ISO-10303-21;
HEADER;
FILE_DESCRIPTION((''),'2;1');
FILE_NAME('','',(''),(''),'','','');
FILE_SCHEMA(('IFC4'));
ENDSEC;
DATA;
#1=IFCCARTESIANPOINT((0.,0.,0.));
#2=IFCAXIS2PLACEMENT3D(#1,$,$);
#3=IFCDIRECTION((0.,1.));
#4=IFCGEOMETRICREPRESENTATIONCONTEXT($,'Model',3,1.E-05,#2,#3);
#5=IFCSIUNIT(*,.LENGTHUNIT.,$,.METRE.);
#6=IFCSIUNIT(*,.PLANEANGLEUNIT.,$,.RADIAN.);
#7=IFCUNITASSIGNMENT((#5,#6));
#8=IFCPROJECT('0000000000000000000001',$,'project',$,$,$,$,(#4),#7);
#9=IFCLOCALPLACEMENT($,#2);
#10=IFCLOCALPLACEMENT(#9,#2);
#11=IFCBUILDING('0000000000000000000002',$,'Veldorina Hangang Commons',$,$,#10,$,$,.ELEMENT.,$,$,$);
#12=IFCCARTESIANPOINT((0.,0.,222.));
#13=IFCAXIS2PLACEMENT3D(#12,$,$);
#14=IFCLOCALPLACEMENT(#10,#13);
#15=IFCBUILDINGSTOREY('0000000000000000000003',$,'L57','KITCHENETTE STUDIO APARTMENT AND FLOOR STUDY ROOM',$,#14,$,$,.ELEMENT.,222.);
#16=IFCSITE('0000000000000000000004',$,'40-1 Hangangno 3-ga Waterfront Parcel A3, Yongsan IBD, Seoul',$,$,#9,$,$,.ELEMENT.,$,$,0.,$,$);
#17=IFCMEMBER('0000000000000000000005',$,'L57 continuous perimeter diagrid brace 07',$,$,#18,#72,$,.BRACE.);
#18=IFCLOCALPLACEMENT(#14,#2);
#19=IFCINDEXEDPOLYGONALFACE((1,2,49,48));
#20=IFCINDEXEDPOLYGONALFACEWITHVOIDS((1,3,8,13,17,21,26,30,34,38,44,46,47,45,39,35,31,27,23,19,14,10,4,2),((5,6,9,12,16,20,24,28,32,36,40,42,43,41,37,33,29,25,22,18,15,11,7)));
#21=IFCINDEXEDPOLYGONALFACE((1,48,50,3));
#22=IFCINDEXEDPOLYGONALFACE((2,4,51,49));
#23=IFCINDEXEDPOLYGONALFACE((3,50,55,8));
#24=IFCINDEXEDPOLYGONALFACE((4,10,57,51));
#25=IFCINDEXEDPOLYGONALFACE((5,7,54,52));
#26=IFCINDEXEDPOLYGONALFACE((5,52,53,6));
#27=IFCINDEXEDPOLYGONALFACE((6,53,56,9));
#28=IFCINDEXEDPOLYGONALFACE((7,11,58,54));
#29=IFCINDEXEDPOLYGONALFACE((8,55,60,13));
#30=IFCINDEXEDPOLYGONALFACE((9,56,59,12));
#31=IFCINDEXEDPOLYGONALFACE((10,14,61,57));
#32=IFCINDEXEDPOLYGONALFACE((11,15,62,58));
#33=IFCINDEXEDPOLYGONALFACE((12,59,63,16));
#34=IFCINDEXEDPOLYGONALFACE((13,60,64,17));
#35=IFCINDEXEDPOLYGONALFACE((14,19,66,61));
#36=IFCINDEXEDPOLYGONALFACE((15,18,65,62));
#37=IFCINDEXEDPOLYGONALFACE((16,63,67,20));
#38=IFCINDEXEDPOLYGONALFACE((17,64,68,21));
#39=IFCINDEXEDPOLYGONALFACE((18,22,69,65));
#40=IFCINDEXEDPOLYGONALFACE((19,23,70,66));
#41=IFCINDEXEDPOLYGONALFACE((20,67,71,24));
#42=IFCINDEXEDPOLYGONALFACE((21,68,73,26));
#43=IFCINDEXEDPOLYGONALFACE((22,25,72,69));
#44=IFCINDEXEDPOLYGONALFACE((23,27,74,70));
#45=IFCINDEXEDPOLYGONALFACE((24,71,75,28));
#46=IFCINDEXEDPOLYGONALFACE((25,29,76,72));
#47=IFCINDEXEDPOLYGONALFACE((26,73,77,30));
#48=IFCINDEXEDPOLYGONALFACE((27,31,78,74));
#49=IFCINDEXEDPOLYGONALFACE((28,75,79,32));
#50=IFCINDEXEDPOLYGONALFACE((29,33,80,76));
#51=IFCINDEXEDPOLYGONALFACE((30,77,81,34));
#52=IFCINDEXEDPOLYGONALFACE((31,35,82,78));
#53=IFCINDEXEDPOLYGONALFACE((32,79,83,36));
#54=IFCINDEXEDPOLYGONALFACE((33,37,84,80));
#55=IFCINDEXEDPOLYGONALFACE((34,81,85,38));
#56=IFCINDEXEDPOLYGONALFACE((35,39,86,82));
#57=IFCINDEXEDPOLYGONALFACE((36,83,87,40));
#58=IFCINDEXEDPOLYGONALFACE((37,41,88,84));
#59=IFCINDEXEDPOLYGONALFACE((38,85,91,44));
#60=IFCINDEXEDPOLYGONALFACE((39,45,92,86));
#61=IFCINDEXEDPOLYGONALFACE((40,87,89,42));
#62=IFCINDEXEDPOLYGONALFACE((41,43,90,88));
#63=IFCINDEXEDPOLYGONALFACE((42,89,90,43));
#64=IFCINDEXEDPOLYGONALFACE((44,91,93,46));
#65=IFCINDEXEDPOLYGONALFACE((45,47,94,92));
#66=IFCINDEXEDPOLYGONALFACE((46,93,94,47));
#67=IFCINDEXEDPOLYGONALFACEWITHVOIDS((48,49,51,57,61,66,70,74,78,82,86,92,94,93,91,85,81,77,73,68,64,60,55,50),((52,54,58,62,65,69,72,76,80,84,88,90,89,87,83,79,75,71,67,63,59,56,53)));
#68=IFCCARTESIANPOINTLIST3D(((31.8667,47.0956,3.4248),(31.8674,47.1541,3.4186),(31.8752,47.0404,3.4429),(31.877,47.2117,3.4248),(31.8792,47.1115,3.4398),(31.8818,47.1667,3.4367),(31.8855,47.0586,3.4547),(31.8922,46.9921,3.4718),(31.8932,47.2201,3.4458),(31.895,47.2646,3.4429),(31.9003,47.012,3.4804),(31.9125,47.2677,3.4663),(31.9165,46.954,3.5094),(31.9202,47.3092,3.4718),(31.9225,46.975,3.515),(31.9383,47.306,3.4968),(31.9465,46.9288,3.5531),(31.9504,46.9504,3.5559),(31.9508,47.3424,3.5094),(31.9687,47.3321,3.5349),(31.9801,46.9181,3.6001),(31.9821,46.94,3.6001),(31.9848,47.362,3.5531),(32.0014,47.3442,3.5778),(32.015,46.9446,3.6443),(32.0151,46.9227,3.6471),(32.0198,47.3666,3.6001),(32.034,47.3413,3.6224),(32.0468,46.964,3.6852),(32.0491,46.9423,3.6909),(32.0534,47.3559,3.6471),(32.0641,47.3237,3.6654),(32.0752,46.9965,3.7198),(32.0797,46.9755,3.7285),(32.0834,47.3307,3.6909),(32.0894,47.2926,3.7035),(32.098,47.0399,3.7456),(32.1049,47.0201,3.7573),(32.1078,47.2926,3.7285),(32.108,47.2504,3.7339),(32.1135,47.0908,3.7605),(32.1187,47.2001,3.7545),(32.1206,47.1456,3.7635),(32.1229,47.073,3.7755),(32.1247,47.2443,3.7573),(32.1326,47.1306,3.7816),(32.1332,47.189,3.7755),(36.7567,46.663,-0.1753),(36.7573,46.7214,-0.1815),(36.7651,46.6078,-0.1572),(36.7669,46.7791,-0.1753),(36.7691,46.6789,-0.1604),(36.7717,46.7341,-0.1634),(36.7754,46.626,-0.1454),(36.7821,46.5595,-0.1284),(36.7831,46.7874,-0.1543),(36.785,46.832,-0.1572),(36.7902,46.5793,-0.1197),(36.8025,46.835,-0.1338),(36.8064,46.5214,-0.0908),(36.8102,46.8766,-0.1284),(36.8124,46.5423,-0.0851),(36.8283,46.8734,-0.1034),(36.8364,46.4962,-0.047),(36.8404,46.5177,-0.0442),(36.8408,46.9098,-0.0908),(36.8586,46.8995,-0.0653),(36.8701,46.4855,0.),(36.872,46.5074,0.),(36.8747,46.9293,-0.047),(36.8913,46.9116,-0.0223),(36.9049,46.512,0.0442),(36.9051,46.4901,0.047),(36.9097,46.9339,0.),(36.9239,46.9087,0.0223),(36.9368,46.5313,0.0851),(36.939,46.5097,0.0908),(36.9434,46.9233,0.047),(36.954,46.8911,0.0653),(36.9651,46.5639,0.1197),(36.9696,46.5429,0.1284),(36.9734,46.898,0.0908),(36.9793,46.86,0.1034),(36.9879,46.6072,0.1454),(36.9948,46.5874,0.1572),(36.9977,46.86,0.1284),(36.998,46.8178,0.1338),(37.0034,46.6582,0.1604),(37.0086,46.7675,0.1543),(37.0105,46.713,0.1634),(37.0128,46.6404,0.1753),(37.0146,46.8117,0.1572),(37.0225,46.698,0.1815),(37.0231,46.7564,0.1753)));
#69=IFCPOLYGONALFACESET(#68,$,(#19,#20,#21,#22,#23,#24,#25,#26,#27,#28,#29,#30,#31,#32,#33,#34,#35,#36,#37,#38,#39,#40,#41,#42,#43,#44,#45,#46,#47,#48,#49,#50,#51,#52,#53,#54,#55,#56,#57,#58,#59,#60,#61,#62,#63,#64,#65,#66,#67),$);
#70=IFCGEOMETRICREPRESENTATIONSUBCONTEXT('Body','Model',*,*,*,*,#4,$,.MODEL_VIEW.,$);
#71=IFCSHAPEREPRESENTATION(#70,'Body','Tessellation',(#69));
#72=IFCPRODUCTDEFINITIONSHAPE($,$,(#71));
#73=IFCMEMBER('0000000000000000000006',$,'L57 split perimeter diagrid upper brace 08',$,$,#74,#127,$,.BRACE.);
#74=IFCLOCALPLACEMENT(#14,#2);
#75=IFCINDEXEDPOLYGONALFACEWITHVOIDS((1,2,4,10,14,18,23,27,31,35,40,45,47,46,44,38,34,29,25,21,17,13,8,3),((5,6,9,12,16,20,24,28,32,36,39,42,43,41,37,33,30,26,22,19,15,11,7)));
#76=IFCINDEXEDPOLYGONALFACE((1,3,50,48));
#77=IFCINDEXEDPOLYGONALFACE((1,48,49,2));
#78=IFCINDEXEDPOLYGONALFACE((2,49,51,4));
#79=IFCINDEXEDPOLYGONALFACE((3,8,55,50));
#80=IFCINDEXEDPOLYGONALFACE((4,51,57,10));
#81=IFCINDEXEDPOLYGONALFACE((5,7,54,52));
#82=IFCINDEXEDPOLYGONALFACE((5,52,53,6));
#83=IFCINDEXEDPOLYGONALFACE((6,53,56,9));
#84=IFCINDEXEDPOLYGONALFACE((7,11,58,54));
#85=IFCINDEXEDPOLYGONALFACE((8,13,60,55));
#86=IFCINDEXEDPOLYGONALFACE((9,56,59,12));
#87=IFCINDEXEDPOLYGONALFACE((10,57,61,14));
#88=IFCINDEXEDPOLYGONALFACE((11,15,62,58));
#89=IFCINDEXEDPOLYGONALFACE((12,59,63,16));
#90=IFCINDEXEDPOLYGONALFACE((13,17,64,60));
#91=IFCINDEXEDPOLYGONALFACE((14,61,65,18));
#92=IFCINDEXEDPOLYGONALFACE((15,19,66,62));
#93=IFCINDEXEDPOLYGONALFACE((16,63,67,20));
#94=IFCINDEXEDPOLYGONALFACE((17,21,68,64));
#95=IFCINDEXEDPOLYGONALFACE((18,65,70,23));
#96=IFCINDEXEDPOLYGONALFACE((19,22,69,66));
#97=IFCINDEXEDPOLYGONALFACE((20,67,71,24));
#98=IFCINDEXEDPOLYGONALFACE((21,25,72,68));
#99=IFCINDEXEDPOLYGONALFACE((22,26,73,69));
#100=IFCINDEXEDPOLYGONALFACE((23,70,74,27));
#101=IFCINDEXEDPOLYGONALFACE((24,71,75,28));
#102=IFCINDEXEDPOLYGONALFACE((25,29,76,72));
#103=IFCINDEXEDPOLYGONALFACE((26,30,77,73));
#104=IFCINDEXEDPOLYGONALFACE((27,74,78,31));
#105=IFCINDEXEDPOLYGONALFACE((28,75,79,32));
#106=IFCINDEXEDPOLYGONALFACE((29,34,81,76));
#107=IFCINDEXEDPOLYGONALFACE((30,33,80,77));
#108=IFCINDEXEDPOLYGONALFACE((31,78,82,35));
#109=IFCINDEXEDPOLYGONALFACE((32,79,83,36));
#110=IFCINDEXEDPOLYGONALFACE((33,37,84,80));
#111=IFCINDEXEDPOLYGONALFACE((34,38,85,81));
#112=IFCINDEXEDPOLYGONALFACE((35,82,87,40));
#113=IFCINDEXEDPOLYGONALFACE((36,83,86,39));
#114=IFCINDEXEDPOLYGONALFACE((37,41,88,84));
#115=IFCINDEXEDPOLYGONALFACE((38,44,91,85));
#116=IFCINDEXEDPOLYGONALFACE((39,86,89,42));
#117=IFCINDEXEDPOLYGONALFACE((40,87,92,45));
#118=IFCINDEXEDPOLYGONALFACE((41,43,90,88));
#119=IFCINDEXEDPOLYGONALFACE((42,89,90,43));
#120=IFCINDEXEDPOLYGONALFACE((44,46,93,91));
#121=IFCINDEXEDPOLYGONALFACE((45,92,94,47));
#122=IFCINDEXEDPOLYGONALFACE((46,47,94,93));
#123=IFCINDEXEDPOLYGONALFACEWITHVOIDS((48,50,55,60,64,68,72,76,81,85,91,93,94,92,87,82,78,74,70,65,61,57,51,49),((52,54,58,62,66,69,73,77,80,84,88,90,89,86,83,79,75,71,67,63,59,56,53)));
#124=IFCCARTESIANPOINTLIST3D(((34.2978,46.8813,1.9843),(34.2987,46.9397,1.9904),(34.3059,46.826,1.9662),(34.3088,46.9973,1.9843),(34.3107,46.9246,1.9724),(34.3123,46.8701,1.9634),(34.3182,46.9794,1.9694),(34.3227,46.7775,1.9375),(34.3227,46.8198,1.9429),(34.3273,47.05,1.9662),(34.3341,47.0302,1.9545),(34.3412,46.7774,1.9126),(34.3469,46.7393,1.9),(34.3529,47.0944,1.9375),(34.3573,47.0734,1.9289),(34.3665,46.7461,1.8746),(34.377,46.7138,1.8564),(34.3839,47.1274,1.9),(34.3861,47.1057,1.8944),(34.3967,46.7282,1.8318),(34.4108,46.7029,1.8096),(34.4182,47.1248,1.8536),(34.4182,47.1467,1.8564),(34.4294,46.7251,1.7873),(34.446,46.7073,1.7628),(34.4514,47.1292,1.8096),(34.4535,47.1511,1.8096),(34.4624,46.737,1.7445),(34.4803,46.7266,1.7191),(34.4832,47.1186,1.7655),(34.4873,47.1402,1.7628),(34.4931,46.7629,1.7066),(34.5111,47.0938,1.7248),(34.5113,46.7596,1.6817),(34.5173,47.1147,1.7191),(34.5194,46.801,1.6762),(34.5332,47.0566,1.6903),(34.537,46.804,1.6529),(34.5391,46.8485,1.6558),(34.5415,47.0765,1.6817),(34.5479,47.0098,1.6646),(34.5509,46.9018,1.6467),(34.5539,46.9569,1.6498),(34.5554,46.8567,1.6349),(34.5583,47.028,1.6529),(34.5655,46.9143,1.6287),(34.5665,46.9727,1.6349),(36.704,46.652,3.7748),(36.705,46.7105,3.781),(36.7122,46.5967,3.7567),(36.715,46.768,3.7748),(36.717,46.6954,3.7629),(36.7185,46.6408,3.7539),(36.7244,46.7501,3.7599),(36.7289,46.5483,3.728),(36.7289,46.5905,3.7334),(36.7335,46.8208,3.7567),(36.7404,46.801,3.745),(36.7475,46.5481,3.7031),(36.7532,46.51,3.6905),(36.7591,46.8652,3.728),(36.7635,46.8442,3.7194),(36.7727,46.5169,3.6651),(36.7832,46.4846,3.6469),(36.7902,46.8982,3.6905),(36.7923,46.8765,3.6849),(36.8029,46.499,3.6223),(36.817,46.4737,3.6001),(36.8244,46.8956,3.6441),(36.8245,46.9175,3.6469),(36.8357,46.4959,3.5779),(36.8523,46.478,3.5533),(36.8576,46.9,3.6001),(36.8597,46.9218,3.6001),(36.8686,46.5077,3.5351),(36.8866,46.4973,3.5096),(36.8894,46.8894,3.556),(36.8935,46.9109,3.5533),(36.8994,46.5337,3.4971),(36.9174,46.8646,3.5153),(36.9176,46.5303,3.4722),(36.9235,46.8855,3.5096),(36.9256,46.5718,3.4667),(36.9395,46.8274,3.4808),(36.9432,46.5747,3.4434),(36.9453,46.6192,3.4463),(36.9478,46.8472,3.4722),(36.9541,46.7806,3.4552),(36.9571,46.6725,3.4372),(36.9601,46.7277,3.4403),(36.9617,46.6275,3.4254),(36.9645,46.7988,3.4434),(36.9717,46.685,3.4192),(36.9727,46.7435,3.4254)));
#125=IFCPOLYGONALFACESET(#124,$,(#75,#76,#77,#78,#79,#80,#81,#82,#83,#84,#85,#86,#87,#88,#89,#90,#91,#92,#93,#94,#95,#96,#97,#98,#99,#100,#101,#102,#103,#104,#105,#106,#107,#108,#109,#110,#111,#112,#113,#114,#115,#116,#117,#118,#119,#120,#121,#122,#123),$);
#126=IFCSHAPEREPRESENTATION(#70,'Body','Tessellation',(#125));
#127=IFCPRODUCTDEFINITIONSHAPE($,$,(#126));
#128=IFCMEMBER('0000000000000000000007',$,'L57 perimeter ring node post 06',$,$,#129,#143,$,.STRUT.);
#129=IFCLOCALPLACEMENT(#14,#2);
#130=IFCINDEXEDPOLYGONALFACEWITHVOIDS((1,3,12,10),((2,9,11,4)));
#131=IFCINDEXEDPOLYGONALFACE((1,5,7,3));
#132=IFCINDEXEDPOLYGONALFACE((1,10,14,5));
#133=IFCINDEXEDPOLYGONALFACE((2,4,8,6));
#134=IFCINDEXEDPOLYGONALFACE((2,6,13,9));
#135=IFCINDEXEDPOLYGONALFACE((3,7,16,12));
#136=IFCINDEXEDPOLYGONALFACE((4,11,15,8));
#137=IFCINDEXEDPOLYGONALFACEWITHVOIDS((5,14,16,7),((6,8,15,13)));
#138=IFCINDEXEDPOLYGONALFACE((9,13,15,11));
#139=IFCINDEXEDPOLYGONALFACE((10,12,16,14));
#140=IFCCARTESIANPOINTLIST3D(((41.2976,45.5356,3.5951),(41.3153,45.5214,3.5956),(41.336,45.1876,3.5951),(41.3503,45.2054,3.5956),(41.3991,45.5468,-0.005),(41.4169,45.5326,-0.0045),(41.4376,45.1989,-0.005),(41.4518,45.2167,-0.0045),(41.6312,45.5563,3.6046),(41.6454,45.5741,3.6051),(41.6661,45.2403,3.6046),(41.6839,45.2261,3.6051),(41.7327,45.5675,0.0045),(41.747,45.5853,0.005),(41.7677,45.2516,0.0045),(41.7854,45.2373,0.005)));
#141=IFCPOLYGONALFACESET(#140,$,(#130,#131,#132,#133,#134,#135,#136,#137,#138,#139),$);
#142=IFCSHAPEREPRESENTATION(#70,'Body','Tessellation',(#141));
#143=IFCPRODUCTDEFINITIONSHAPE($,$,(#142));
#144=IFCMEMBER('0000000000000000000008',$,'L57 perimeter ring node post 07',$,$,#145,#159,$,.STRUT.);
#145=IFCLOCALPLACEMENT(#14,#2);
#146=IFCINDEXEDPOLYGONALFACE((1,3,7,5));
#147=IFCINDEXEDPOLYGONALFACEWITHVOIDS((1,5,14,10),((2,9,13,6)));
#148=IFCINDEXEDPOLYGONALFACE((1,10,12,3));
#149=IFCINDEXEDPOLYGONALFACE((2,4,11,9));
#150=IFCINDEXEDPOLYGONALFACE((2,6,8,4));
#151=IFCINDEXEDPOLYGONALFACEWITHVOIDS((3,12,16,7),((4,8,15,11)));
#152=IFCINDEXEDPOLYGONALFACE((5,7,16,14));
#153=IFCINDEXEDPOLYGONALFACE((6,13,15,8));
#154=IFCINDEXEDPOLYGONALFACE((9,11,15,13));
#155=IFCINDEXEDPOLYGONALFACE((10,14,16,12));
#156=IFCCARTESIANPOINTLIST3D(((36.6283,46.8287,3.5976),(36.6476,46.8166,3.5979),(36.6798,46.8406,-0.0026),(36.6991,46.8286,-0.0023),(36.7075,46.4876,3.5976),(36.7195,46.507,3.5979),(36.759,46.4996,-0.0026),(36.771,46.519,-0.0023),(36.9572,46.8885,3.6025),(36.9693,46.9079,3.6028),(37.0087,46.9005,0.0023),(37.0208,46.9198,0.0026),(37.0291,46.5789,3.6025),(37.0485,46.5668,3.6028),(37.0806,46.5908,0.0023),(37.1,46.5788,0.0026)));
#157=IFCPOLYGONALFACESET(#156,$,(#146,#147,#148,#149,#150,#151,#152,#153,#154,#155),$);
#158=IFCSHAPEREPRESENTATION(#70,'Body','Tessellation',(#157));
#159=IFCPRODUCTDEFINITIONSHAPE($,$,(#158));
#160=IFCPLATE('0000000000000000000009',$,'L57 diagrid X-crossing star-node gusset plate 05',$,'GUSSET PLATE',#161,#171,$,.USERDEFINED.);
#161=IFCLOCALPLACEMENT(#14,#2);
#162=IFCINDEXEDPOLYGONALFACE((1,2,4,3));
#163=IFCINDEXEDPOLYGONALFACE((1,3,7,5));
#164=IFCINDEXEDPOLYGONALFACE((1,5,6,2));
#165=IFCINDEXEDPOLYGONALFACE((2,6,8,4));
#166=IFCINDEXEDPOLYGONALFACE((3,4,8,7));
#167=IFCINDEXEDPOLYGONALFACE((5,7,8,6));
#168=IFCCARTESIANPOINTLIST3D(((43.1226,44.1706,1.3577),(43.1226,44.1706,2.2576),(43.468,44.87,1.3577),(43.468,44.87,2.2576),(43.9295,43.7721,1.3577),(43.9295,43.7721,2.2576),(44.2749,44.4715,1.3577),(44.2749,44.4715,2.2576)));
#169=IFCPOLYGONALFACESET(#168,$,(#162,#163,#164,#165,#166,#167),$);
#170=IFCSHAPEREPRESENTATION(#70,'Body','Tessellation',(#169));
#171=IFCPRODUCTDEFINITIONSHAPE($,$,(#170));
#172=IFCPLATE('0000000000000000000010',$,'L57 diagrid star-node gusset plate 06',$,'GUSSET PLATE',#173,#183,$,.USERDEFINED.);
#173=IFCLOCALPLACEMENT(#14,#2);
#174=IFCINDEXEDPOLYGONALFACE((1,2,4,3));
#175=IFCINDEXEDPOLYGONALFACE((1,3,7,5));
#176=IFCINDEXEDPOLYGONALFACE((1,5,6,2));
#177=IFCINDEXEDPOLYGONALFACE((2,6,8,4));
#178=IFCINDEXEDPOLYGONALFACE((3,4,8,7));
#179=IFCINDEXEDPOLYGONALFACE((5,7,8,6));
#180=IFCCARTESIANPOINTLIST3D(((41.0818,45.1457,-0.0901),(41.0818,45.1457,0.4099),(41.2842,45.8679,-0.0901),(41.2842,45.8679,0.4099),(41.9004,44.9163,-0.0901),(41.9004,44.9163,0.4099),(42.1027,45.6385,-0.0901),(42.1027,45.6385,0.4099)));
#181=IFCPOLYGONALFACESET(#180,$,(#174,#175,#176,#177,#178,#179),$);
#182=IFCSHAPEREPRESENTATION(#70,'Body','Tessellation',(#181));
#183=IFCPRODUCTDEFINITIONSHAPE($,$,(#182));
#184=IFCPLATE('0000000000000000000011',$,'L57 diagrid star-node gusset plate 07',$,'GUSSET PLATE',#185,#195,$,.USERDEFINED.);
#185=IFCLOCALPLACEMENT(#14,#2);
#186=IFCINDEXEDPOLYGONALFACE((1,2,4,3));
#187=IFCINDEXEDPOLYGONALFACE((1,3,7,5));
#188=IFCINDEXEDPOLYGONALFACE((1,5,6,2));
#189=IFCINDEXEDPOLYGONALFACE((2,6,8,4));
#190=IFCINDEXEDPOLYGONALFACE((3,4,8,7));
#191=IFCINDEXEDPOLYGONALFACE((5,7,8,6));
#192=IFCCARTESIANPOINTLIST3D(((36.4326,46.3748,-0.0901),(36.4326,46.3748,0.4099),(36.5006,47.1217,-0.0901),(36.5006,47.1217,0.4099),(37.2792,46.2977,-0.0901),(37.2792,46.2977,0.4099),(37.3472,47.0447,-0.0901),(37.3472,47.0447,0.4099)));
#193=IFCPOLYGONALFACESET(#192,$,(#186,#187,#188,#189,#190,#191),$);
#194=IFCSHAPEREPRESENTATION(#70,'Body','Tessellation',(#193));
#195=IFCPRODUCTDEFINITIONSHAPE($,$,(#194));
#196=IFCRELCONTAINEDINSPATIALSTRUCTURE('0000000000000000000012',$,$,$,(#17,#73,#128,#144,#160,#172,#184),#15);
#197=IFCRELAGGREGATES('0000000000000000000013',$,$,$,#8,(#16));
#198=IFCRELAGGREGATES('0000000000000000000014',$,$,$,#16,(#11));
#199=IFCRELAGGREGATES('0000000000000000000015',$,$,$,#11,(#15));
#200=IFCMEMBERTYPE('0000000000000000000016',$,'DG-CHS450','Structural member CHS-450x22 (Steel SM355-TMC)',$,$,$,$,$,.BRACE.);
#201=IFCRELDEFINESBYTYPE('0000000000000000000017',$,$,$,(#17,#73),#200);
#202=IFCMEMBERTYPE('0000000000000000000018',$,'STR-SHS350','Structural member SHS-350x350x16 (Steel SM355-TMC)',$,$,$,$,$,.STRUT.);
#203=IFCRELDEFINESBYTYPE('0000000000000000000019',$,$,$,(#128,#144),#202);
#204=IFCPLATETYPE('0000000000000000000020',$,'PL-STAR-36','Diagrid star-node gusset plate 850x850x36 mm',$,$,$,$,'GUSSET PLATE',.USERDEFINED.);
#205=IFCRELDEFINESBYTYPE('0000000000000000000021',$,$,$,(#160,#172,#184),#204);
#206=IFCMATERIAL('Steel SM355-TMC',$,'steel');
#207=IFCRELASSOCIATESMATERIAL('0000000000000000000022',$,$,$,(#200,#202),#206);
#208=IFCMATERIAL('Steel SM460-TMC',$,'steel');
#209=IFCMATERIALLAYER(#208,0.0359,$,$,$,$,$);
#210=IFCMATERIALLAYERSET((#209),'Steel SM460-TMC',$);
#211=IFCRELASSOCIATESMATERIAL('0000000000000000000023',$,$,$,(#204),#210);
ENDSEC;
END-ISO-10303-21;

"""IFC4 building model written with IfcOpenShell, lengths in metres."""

from ifc_helpers import new_model, si_unit, direction, frame, origin, origin_2d, place, context, subcontext, project, spatial, rectangle, hollow_rectangle, hollow_circle, extrude, material, layer, layer_set, material_profile, profile_set, type_object, element, save


model = new_model("IFC4")

# Units and contexts
model_context = context("Model", 3, precision=1e-05, world=origin(), true_north=direction((0.0, 1.0)))
body_context = subcontext(model_context, "Body", "Model", "MODEL_VIEW")
ifc_project = project(units=[si_unit("LENGTHUNIT", "METRE"), si_unit("PLANEANGLEUNIT", "RADIAN")], contexts=[model_context])

# Site, building, storey
site_placement = place(None, origin())
site = spatial("IfcSite", under=ifc_project, at=site_placement, Name="40-1 Hangangno 3-ga Waterfront Parcel A3, Yongsan IBD, Seoul", CompositionType="ELEMENT", RefElevation=0.0)
building_placement = place(site_placement, origin())
building = spatial("IfcBuilding", under=site, at=building_placement, Name="Veldorina Hangang Commons", CompositionType="ELEMENT")
storey_placement = place(building_placement, frame((0.0, 0.0, 222.0)))
storey = spatial("IfcBuildingStorey", under=building, at=storey_placement, Name="L57", Description="KITCHENETTE STUDIO APARTMENT AND FLOOR STUDY ROOM", CompositionType="ELEMENT", Elevation=222.0)

# Shared definitions
ifc_material_1 = material(Name="Steel SM355-TMC", Category="steel")

# Members
ifc_material_profile_1 = material_profile(ifc_material_1, hollow_circle(Radius=0.2251, WallThickness=0.022, at=origin_2d()), Name="CHS-450x22")
ifc_profile_set_1 = profile_set([ifc_material_profile_1], Name="Steel SM355-TMC")
member_type_1 = type_object("IfcMemberType", Name="DG-CHS450", Description="Structural member CHS-450x22 (Steel SM355-TMC)", PredefinedType="BRACE", material=ifc_profile_set_1)
member_1_placement = place(storey_placement, frame((36.8899, 46.7097, 0.0), z_axis=(-0.803254, 0.071065, 0.591382), x_axis=(-0.088127, -0.996109, 0.0)))
element("IfcMember", 1, at=member_1_placement, inside=storey, type_object=member_type_1, Name="L57 continuous perimeter diagrid brace 07", PredefinedType="BRACE", context=body_context, shape_type="SweptSolid", body=[
    extrude(hollow_circle(Radius=0.2251, WallThickness=0.022, at=origin_2d()), origin(), (0.0, 0.0, 1.0), 6.0876),
])
member_2_placement = place(storey_placement, frame((34.4321, 46.927, 1.8096), z_axis=(0.799927, -0.076211, 0.595238), x_axis=(0.094842, 0.995492, 0.0)))
element("IfcMember", 2, at=member_2_placement, inside=storey, type_object=member_type_1, Name="L57 split perimeter diagrid upper brace 08", PredefinedType="BRACE", context=body_context, shape_type="SweptSolid", body=[
    extrude(hollow_circle(Radius=0.2251, WallThickness=0.022, at=origin_2d()), origin(), (0.0, 0.0, 1.0), 3.0081),
])
ifc_material_profile_2 = material_profile(ifc_material_1, hollow_rectangle(XDim=0.3501, YDim=0.3501, WallThickness=0.0161, at=origin_2d()), Name="SHS-350x350x16")
ifc_profile_set_2 = profile_set([ifc_material_profile_2], Name="Steel SM355-TMC")
member_type_2 = type_object("IfcMemberType", Name="STR-SHS350", Description="Structural member SHS-350x350x16 (Steel SM355-TMC)", PredefinedType="STRUT", material=ifc_profile_set_2)
member_3_placement = place(storey_placement, frame((41.5923, 45.3921, 0.0), z_axis=(-0.0282, -0.003118, 0.999597), x_axis=(0.109907, -0.993942, 0.0)))
element("IfcMember", 3, at=member_3_placement, inside=storey, type_object=member_type_2, Name="L57 perimeter ring node post 06", PredefinedType="STRUT", context=body_context, shape_type="SweptSolid", body=[
    extrude(hollow_rectangle(XDim=0.3501, YDim=0.3501, WallThickness=0.0161, at=origin_2d()), origin(), (0.0, 0.0, 1.0), 3.6016),
])
member_4_placement = place(storey_placement, frame((36.8899, 46.7097, 0.0), z_axis=(-0.014307, -0.003323, 0.999892), x_axis=(0.226208, -0.974079, 0.0)))
element("IfcMember", 4, at=member_4_placement, inside=storey, type_object=member_type_2, Name="L57 perimeter ring node post 07", PredefinedType="STRUT", context=body_context, shape_type="SweptSolid", body=[
    extrude(hollow_rectangle(XDim=0.3501, YDim=0.3501, WallThickness=0.0161, at=origin_2d()), origin(), (0.0, 0.0, 1.0), 3.6006),
])

# Plates
ifc_material_2 = material(Name="Steel SM460-TMC", Category="steel")
ifc_layer_1 = layer(ifc_material_2, 0.0359)
ifc_layer_set_1 = layer_set([ifc_layer_1], Name="Steel SM460-TMC")
plate_type = type_object("IfcPlateType", Name="PL-STAR-36", Description="Diagrid star-node gusset plate 850x850x36 mm", ElementType="GUSSET PLATE", PredefinedType="USERDEFINED", material=ifc_layer_set_1)
plate_1_placement = place(storey_placement, frame((43.6987, 44.321, 1.3577), z_axis=(0.0, 0.0, 1.0), x_axis=(-0.896649, 0.442743, 0.0)))
element("IfcPlate", 5, at=plate_1_placement, inside=storey, type_object=plate_type, Name="L57 diagrid X-crossing star-node gusset plate 05", ObjectType="GUSSET PLATE", PredefinedType="USERDEFINED", context=body_context, shape_type="SweptSolid", body=[
    extrude(rectangle(XDim=0.8999, YDim=0.78, at=origin_2d()), origin(), (0.0, 0.0, 1.0), 0.8999),
])
for number, where, z_axis, x_axis, name in (
    (6, (41.5923, 45.3921, -0.0901), (0.0, 0.0, 1.0), (-0.962913, 0.269811, 0.0), "L57 diagrid star-node gusset plate 06"),
    (7, (36.8899, 46.7097, -0.0901), (0.0, 0.0, 1.0), (-0.995886, 0.090615, 0.0), "L57 diagrid star-node gusset plate 07"),
):
    element("IfcPlate", number, at=place(storey_placement, frame(where, z_axis=z_axis, x_axis=x_axis)), inside=storey, type_object=plate_type, Name=name, ObjectType="GUSSET PLATE", PredefinedType="USERDEFINED", context=body_context, shape_type="SweptSolid", body=[
        extrude(rectangle(XDim=0.8501, YDim=0.75, at=origin_2d()), origin(), (0.0, 0.0, 1.0), 0.5),
    ])

save(model, "model.ifc")
